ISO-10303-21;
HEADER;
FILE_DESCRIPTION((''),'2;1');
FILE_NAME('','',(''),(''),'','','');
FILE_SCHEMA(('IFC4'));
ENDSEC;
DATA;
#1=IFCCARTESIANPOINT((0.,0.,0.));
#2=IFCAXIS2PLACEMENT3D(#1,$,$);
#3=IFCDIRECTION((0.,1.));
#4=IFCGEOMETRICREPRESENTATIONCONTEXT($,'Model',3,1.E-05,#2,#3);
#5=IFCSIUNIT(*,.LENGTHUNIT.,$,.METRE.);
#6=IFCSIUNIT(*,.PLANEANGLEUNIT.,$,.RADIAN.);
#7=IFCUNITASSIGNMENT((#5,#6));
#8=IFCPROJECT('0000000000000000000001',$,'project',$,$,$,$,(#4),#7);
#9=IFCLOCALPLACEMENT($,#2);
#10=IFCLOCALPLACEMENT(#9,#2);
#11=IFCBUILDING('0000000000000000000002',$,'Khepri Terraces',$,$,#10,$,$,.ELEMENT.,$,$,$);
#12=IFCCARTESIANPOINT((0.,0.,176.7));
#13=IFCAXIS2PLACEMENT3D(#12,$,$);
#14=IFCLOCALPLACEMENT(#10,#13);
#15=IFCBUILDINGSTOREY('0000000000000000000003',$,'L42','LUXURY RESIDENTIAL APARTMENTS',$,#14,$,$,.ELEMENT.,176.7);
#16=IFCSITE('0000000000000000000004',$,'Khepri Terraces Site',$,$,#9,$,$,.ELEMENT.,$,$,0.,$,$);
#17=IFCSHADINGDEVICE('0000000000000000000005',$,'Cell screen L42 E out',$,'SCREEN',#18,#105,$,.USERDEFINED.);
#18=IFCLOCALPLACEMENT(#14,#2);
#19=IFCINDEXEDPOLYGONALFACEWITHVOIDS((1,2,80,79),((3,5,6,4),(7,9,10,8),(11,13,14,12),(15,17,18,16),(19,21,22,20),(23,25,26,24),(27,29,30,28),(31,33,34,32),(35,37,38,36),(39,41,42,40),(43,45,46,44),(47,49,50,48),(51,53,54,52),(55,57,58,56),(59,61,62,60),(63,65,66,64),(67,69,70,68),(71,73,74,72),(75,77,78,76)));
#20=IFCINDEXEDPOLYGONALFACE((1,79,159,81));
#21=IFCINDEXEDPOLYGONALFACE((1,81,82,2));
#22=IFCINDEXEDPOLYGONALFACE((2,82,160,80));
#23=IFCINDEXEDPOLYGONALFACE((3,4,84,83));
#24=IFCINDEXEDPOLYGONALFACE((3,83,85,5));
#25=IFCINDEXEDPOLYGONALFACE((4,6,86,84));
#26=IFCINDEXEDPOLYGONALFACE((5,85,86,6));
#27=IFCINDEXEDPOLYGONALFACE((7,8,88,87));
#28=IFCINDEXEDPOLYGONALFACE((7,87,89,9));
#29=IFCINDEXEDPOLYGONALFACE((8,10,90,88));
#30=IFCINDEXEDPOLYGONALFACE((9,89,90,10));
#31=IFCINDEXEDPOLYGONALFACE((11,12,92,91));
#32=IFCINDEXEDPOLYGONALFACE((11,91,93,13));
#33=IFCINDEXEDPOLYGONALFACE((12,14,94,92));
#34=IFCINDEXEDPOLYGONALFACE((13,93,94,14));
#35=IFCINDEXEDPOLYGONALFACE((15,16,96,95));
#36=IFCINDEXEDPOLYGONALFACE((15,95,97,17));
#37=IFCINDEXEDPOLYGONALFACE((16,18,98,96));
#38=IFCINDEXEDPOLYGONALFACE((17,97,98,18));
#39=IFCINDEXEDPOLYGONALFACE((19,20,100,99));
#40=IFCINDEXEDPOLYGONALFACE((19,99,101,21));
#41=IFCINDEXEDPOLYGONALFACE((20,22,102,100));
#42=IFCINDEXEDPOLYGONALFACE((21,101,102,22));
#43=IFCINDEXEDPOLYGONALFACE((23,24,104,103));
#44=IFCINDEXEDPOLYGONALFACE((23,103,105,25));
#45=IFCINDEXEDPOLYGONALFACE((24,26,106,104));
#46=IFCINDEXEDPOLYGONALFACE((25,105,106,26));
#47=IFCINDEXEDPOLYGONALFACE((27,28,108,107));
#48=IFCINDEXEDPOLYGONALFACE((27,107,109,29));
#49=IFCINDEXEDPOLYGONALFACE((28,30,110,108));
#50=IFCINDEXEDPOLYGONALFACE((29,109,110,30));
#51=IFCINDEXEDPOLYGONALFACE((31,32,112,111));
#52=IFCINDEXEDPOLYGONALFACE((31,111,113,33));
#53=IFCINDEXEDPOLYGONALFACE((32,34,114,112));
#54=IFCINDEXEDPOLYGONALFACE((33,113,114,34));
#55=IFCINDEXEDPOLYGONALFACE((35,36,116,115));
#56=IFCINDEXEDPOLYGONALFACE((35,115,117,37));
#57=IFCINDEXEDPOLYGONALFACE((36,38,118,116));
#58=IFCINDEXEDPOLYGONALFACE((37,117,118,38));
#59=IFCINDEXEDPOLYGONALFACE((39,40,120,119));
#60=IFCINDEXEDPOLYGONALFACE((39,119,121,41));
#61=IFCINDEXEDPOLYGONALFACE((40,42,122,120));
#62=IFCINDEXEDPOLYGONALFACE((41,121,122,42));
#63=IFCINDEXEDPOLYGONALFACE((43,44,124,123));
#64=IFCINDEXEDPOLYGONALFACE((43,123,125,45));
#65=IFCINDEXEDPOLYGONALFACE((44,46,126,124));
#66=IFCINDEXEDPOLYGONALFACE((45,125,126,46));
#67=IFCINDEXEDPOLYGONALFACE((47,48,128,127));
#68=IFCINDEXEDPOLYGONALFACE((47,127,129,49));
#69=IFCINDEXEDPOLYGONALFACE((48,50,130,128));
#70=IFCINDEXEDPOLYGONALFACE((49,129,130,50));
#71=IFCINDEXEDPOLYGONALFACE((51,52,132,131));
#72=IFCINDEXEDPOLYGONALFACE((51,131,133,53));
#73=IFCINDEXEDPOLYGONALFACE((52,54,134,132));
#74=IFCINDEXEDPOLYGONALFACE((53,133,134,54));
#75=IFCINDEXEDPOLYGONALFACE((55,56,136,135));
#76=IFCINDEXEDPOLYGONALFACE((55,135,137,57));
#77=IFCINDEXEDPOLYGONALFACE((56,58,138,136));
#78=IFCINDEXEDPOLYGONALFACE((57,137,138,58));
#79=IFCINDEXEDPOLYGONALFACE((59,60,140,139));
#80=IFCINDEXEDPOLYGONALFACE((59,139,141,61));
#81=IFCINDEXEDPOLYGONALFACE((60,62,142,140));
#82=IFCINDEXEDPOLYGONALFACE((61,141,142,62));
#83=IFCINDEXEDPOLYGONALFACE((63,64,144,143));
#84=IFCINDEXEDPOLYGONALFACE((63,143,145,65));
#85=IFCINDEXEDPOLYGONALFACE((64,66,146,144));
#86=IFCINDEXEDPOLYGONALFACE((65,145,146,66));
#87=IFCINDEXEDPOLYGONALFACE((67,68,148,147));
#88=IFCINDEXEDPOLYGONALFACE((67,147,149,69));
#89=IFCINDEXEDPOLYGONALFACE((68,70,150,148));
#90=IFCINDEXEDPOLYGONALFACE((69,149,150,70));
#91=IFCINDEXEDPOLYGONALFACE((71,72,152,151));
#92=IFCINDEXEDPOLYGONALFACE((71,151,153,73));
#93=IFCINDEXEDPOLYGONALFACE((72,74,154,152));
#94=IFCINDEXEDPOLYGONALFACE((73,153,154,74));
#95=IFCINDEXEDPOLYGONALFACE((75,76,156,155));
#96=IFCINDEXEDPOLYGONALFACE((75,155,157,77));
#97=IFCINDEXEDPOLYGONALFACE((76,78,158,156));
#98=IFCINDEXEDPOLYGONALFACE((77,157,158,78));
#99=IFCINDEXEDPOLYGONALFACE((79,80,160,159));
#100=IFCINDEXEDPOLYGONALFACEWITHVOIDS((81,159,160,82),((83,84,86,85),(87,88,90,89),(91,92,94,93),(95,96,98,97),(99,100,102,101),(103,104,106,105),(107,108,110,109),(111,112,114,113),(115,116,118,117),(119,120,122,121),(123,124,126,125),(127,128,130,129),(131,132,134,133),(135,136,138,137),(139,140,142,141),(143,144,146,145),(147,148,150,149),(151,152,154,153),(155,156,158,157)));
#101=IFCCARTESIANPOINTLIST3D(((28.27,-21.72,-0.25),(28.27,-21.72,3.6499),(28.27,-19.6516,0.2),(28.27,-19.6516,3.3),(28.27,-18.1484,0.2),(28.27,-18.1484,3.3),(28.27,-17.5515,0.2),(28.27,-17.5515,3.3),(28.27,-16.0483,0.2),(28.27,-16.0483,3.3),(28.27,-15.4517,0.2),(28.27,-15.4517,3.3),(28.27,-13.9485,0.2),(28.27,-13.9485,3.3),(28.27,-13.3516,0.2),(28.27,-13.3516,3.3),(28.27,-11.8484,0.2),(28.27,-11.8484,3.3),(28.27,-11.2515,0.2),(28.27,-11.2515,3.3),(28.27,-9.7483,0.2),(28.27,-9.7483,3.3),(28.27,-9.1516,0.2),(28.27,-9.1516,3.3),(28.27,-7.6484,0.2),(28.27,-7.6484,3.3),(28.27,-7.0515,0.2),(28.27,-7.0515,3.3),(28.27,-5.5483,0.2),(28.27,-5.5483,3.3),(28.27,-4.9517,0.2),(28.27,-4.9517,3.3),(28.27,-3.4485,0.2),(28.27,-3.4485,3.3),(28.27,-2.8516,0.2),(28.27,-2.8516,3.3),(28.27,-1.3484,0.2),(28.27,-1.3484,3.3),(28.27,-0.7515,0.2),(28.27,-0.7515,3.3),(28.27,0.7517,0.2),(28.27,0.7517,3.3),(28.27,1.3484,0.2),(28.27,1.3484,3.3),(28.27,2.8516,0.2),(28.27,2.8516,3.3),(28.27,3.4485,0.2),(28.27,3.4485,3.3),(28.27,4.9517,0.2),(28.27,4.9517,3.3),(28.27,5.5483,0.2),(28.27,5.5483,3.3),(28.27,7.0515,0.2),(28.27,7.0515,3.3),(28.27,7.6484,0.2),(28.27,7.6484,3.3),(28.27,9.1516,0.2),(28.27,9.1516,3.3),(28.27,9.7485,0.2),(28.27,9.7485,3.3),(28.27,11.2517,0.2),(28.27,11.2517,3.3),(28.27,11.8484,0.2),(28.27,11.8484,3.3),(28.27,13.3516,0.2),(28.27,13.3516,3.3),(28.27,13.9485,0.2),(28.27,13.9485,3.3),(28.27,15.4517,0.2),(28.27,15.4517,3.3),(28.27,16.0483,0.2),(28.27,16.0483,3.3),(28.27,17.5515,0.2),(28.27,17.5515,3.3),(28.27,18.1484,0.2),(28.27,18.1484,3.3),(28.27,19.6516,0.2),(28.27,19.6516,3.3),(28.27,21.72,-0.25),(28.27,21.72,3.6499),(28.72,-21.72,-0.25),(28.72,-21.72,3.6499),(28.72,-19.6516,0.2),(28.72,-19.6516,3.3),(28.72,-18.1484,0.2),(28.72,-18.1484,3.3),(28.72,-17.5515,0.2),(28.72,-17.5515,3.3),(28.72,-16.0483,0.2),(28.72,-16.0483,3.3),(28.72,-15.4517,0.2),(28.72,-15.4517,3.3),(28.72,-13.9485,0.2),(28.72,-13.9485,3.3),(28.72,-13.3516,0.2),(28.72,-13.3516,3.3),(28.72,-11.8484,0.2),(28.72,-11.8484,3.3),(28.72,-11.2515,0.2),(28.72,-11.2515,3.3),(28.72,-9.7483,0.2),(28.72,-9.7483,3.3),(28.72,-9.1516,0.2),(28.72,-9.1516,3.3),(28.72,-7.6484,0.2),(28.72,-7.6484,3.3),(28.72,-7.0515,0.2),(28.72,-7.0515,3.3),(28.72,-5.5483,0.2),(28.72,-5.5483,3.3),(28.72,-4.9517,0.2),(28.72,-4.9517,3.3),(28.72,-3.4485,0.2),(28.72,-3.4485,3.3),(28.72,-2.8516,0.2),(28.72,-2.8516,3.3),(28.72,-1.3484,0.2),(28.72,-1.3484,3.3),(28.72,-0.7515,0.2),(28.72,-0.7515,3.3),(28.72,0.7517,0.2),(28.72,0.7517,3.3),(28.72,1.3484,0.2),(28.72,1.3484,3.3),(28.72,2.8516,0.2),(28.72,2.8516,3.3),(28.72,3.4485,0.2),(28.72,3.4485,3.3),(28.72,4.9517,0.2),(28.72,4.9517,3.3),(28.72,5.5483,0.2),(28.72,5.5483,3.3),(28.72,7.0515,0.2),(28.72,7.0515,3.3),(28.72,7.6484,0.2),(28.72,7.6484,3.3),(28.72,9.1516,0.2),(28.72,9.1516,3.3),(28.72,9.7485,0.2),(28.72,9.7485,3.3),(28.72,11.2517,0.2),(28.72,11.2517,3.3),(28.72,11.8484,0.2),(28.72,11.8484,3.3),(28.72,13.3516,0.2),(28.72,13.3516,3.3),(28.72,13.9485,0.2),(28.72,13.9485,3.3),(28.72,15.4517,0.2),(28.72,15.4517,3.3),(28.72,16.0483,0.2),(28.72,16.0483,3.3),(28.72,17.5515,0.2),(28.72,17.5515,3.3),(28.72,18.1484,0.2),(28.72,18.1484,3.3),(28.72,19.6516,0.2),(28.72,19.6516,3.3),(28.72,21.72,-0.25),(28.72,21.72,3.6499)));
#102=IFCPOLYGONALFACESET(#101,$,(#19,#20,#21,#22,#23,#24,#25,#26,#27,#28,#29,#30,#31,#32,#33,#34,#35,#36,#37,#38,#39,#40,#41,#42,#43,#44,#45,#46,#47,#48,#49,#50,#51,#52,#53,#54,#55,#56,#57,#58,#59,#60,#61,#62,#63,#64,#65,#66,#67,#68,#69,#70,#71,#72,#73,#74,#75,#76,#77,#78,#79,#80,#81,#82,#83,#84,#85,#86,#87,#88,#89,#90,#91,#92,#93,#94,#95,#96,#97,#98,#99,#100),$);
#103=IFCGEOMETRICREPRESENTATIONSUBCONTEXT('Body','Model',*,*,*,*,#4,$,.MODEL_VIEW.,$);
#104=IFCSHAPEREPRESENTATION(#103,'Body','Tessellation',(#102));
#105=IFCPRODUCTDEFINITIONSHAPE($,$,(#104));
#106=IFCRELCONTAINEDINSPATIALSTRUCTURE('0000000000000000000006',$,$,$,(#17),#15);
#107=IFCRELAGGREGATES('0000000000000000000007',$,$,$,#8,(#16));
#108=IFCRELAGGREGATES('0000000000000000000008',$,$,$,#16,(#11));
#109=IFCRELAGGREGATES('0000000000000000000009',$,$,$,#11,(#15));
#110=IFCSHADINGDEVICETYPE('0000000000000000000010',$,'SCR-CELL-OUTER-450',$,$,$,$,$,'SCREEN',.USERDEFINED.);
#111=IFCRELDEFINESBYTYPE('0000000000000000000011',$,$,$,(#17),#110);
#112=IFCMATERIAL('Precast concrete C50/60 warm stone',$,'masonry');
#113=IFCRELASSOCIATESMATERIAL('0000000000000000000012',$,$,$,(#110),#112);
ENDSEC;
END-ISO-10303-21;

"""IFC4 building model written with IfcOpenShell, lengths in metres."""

from ifc_helpers import new_model, si_unit, direction, frame, origin, place, context, subcontext, project, spatial, polyline, outline, extrude, material, type_object, element, save


model = new_model("IFC4")

# Units and contexts
model_context = context("Model", 3, precision=1e-05, world=origin(), true_north=direction((0.0, 1.0)))
body_context = subcontext(model_context, "Body", "Model", "MODEL_VIEW")
ifc_project = project(units=[si_unit("LENGTHUNIT", "METRE"), si_unit("PLANEANGLEUNIT", "RADIAN")], contexts=[model_context])

# Site, building, storey
site_placement = place(None, origin())
site = spatial("IfcSite", under=ifc_project, at=site_placement, Name="Khepri Terraces Site", CompositionType="ELEMENT", RefElevation=0.0)
building_placement = place(site_placement, origin())
building = spatial("IfcBuilding", under=site, at=building_placement, Name="Khepri Terraces", CompositionType="ELEMENT")
storey_placement = place(building_placement, frame((0.0, 0.0, 176.7)))
storey = spatial("IfcBuildingStorey", under=building, at=storey_placement, Name="L42", Description="LUXURY RESIDENTIAL APARTMENTS", CompositionType="ELEMENT", Elevation=176.7)

# Shared definitions
ifc_material_1 = material(Name="Precast concrete C50/60 warm stone", Category="masonry")

# Shading device
shading_device_type_1 = type_object("IfcShadingDeviceType", Name="SCR-CELL-OUTER-450", ElementType="SCREEN", PredefinedType="USERDEFINED", material=ifc_material_1)
shading_device_1_placement = place(storey_placement, frame((28.27, -21.72, -0.25), z_axis=(1.0, 0.0, 0.0), x_axis=(0.0, 1.0, 0.0)))
element("IfcShadingDevice", 1, at=shading_device_1_placement, inside=storey, type_object=shading_device_type_1, Name="Cell screen L42 E out", ObjectType="SCREEN", PredefinedType="USERDEFINED", context=body_context, shape_type="SweptSolid", body=[
    extrude(outline(polyline([(0.0, 0.0), (43.4399, 0.0), (43.4399, 3.8999), (0.0, 3.8999), (0.0, 0.0)]), holes=[polyline([(2.0684, 0.45), (3.5715, 0.45), (3.5715, 3.55), (2.0684, 3.55), (2.0684, 0.45)]), polyline([(4.1685, 0.45), (5.6716, 0.45), (5.6716, 3.55), (4.1685, 3.55), (4.1685, 0.45)]), polyline([(6.2683, 0.45), (7.7715, 0.45), (7.7715, 3.55), (6.2683, 3.55), (6.2683, 0.45)]), polyline([(8.3684, 0.45), (9.8716, 0.45), (9.8716, 3.55), (8.3684, 3.55), (8.3684, 0.45)]), polyline([(10.4685, 0.45), (11.9717, 0.45), (11.9717, 3.55), (10.4685, 3.55), (10.4685, 0.45)]), polyline([(12.5684, 0.45), (14.0715, 0.45), (14.0715, 3.55), (12.5684, 3.55), (12.5684, 0.45)]), polyline([(14.6685, 0.45), (16.1716, 0.45), (16.1716, 3.55), (14.6685, 3.55), (14.6685, 0.45)]), polyline([(16.7683, 0.45), (18.2715, 0.45), (18.2715, 3.55), (16.7683, 3.55), (16.7683, 0.45)]), polyline([(18.8684, 0.45), (20.3716, 0.45), (20.3716, 3.55), (18.8684, 3.55), (18.8684, 0.45)]), polyline([(20.9685, 0.45), (22.4717, 0.45), (22.4717, 3.55), (20.9685, 3.55), (20.9685, 0.45)]), polyline([(23.0684, 0.45), (24.5715, 0.45), (24.5715, 3.55), (23.0684, 3.55), (23.0684, 0.45)]), polyline([(25.1685, 0.45), (26.6716, 0.45), (26.6716, 3.55), (25.1685, 3.55), (25.1685, 0.45)]), polyline([(27.2683, 0.45), (28.7715, 0.45), (28.7715, 3.55), (27.2683, 3.55), (27.2683, 0.45)]), polyline([(29.3684, 0.45), (30.8716, 0.45), (30.8716, 3.55), (29.3684, 3.55), (29.3684, 0.45)]), polyline([(31.4685, 0.45), (32.9717, 0.45), (32.9717, 3.55), (31.4685, 3.55), (31.4685, 0.45)]), polyline([(33.5684, 0.45), (35.0715, 0.45), (35.0715, 3.55), (33.5684, 3.55), (33.5684, 0.45)]), polyline([(35.6685, 0.45), (37.1716, 0.45), (37.1716, 3.55), (35.6685, 3.55), (35.6685, 0.45)]), polyline([(37.7683, 0.45), (39.2715, 0.45), (39.2715, 3.55), (37.7683, 3.55), (37.7683, 0.45)]), polyline([(39.8684, 0.45), (41.3716, 0.45), (41.3716, 3.55), (39.8684, 3.55), (39.8684, 0.45)])]), origin(), (0.0, 0.0, 1.0), 0.45),
])

save(model, "model.ifc")
